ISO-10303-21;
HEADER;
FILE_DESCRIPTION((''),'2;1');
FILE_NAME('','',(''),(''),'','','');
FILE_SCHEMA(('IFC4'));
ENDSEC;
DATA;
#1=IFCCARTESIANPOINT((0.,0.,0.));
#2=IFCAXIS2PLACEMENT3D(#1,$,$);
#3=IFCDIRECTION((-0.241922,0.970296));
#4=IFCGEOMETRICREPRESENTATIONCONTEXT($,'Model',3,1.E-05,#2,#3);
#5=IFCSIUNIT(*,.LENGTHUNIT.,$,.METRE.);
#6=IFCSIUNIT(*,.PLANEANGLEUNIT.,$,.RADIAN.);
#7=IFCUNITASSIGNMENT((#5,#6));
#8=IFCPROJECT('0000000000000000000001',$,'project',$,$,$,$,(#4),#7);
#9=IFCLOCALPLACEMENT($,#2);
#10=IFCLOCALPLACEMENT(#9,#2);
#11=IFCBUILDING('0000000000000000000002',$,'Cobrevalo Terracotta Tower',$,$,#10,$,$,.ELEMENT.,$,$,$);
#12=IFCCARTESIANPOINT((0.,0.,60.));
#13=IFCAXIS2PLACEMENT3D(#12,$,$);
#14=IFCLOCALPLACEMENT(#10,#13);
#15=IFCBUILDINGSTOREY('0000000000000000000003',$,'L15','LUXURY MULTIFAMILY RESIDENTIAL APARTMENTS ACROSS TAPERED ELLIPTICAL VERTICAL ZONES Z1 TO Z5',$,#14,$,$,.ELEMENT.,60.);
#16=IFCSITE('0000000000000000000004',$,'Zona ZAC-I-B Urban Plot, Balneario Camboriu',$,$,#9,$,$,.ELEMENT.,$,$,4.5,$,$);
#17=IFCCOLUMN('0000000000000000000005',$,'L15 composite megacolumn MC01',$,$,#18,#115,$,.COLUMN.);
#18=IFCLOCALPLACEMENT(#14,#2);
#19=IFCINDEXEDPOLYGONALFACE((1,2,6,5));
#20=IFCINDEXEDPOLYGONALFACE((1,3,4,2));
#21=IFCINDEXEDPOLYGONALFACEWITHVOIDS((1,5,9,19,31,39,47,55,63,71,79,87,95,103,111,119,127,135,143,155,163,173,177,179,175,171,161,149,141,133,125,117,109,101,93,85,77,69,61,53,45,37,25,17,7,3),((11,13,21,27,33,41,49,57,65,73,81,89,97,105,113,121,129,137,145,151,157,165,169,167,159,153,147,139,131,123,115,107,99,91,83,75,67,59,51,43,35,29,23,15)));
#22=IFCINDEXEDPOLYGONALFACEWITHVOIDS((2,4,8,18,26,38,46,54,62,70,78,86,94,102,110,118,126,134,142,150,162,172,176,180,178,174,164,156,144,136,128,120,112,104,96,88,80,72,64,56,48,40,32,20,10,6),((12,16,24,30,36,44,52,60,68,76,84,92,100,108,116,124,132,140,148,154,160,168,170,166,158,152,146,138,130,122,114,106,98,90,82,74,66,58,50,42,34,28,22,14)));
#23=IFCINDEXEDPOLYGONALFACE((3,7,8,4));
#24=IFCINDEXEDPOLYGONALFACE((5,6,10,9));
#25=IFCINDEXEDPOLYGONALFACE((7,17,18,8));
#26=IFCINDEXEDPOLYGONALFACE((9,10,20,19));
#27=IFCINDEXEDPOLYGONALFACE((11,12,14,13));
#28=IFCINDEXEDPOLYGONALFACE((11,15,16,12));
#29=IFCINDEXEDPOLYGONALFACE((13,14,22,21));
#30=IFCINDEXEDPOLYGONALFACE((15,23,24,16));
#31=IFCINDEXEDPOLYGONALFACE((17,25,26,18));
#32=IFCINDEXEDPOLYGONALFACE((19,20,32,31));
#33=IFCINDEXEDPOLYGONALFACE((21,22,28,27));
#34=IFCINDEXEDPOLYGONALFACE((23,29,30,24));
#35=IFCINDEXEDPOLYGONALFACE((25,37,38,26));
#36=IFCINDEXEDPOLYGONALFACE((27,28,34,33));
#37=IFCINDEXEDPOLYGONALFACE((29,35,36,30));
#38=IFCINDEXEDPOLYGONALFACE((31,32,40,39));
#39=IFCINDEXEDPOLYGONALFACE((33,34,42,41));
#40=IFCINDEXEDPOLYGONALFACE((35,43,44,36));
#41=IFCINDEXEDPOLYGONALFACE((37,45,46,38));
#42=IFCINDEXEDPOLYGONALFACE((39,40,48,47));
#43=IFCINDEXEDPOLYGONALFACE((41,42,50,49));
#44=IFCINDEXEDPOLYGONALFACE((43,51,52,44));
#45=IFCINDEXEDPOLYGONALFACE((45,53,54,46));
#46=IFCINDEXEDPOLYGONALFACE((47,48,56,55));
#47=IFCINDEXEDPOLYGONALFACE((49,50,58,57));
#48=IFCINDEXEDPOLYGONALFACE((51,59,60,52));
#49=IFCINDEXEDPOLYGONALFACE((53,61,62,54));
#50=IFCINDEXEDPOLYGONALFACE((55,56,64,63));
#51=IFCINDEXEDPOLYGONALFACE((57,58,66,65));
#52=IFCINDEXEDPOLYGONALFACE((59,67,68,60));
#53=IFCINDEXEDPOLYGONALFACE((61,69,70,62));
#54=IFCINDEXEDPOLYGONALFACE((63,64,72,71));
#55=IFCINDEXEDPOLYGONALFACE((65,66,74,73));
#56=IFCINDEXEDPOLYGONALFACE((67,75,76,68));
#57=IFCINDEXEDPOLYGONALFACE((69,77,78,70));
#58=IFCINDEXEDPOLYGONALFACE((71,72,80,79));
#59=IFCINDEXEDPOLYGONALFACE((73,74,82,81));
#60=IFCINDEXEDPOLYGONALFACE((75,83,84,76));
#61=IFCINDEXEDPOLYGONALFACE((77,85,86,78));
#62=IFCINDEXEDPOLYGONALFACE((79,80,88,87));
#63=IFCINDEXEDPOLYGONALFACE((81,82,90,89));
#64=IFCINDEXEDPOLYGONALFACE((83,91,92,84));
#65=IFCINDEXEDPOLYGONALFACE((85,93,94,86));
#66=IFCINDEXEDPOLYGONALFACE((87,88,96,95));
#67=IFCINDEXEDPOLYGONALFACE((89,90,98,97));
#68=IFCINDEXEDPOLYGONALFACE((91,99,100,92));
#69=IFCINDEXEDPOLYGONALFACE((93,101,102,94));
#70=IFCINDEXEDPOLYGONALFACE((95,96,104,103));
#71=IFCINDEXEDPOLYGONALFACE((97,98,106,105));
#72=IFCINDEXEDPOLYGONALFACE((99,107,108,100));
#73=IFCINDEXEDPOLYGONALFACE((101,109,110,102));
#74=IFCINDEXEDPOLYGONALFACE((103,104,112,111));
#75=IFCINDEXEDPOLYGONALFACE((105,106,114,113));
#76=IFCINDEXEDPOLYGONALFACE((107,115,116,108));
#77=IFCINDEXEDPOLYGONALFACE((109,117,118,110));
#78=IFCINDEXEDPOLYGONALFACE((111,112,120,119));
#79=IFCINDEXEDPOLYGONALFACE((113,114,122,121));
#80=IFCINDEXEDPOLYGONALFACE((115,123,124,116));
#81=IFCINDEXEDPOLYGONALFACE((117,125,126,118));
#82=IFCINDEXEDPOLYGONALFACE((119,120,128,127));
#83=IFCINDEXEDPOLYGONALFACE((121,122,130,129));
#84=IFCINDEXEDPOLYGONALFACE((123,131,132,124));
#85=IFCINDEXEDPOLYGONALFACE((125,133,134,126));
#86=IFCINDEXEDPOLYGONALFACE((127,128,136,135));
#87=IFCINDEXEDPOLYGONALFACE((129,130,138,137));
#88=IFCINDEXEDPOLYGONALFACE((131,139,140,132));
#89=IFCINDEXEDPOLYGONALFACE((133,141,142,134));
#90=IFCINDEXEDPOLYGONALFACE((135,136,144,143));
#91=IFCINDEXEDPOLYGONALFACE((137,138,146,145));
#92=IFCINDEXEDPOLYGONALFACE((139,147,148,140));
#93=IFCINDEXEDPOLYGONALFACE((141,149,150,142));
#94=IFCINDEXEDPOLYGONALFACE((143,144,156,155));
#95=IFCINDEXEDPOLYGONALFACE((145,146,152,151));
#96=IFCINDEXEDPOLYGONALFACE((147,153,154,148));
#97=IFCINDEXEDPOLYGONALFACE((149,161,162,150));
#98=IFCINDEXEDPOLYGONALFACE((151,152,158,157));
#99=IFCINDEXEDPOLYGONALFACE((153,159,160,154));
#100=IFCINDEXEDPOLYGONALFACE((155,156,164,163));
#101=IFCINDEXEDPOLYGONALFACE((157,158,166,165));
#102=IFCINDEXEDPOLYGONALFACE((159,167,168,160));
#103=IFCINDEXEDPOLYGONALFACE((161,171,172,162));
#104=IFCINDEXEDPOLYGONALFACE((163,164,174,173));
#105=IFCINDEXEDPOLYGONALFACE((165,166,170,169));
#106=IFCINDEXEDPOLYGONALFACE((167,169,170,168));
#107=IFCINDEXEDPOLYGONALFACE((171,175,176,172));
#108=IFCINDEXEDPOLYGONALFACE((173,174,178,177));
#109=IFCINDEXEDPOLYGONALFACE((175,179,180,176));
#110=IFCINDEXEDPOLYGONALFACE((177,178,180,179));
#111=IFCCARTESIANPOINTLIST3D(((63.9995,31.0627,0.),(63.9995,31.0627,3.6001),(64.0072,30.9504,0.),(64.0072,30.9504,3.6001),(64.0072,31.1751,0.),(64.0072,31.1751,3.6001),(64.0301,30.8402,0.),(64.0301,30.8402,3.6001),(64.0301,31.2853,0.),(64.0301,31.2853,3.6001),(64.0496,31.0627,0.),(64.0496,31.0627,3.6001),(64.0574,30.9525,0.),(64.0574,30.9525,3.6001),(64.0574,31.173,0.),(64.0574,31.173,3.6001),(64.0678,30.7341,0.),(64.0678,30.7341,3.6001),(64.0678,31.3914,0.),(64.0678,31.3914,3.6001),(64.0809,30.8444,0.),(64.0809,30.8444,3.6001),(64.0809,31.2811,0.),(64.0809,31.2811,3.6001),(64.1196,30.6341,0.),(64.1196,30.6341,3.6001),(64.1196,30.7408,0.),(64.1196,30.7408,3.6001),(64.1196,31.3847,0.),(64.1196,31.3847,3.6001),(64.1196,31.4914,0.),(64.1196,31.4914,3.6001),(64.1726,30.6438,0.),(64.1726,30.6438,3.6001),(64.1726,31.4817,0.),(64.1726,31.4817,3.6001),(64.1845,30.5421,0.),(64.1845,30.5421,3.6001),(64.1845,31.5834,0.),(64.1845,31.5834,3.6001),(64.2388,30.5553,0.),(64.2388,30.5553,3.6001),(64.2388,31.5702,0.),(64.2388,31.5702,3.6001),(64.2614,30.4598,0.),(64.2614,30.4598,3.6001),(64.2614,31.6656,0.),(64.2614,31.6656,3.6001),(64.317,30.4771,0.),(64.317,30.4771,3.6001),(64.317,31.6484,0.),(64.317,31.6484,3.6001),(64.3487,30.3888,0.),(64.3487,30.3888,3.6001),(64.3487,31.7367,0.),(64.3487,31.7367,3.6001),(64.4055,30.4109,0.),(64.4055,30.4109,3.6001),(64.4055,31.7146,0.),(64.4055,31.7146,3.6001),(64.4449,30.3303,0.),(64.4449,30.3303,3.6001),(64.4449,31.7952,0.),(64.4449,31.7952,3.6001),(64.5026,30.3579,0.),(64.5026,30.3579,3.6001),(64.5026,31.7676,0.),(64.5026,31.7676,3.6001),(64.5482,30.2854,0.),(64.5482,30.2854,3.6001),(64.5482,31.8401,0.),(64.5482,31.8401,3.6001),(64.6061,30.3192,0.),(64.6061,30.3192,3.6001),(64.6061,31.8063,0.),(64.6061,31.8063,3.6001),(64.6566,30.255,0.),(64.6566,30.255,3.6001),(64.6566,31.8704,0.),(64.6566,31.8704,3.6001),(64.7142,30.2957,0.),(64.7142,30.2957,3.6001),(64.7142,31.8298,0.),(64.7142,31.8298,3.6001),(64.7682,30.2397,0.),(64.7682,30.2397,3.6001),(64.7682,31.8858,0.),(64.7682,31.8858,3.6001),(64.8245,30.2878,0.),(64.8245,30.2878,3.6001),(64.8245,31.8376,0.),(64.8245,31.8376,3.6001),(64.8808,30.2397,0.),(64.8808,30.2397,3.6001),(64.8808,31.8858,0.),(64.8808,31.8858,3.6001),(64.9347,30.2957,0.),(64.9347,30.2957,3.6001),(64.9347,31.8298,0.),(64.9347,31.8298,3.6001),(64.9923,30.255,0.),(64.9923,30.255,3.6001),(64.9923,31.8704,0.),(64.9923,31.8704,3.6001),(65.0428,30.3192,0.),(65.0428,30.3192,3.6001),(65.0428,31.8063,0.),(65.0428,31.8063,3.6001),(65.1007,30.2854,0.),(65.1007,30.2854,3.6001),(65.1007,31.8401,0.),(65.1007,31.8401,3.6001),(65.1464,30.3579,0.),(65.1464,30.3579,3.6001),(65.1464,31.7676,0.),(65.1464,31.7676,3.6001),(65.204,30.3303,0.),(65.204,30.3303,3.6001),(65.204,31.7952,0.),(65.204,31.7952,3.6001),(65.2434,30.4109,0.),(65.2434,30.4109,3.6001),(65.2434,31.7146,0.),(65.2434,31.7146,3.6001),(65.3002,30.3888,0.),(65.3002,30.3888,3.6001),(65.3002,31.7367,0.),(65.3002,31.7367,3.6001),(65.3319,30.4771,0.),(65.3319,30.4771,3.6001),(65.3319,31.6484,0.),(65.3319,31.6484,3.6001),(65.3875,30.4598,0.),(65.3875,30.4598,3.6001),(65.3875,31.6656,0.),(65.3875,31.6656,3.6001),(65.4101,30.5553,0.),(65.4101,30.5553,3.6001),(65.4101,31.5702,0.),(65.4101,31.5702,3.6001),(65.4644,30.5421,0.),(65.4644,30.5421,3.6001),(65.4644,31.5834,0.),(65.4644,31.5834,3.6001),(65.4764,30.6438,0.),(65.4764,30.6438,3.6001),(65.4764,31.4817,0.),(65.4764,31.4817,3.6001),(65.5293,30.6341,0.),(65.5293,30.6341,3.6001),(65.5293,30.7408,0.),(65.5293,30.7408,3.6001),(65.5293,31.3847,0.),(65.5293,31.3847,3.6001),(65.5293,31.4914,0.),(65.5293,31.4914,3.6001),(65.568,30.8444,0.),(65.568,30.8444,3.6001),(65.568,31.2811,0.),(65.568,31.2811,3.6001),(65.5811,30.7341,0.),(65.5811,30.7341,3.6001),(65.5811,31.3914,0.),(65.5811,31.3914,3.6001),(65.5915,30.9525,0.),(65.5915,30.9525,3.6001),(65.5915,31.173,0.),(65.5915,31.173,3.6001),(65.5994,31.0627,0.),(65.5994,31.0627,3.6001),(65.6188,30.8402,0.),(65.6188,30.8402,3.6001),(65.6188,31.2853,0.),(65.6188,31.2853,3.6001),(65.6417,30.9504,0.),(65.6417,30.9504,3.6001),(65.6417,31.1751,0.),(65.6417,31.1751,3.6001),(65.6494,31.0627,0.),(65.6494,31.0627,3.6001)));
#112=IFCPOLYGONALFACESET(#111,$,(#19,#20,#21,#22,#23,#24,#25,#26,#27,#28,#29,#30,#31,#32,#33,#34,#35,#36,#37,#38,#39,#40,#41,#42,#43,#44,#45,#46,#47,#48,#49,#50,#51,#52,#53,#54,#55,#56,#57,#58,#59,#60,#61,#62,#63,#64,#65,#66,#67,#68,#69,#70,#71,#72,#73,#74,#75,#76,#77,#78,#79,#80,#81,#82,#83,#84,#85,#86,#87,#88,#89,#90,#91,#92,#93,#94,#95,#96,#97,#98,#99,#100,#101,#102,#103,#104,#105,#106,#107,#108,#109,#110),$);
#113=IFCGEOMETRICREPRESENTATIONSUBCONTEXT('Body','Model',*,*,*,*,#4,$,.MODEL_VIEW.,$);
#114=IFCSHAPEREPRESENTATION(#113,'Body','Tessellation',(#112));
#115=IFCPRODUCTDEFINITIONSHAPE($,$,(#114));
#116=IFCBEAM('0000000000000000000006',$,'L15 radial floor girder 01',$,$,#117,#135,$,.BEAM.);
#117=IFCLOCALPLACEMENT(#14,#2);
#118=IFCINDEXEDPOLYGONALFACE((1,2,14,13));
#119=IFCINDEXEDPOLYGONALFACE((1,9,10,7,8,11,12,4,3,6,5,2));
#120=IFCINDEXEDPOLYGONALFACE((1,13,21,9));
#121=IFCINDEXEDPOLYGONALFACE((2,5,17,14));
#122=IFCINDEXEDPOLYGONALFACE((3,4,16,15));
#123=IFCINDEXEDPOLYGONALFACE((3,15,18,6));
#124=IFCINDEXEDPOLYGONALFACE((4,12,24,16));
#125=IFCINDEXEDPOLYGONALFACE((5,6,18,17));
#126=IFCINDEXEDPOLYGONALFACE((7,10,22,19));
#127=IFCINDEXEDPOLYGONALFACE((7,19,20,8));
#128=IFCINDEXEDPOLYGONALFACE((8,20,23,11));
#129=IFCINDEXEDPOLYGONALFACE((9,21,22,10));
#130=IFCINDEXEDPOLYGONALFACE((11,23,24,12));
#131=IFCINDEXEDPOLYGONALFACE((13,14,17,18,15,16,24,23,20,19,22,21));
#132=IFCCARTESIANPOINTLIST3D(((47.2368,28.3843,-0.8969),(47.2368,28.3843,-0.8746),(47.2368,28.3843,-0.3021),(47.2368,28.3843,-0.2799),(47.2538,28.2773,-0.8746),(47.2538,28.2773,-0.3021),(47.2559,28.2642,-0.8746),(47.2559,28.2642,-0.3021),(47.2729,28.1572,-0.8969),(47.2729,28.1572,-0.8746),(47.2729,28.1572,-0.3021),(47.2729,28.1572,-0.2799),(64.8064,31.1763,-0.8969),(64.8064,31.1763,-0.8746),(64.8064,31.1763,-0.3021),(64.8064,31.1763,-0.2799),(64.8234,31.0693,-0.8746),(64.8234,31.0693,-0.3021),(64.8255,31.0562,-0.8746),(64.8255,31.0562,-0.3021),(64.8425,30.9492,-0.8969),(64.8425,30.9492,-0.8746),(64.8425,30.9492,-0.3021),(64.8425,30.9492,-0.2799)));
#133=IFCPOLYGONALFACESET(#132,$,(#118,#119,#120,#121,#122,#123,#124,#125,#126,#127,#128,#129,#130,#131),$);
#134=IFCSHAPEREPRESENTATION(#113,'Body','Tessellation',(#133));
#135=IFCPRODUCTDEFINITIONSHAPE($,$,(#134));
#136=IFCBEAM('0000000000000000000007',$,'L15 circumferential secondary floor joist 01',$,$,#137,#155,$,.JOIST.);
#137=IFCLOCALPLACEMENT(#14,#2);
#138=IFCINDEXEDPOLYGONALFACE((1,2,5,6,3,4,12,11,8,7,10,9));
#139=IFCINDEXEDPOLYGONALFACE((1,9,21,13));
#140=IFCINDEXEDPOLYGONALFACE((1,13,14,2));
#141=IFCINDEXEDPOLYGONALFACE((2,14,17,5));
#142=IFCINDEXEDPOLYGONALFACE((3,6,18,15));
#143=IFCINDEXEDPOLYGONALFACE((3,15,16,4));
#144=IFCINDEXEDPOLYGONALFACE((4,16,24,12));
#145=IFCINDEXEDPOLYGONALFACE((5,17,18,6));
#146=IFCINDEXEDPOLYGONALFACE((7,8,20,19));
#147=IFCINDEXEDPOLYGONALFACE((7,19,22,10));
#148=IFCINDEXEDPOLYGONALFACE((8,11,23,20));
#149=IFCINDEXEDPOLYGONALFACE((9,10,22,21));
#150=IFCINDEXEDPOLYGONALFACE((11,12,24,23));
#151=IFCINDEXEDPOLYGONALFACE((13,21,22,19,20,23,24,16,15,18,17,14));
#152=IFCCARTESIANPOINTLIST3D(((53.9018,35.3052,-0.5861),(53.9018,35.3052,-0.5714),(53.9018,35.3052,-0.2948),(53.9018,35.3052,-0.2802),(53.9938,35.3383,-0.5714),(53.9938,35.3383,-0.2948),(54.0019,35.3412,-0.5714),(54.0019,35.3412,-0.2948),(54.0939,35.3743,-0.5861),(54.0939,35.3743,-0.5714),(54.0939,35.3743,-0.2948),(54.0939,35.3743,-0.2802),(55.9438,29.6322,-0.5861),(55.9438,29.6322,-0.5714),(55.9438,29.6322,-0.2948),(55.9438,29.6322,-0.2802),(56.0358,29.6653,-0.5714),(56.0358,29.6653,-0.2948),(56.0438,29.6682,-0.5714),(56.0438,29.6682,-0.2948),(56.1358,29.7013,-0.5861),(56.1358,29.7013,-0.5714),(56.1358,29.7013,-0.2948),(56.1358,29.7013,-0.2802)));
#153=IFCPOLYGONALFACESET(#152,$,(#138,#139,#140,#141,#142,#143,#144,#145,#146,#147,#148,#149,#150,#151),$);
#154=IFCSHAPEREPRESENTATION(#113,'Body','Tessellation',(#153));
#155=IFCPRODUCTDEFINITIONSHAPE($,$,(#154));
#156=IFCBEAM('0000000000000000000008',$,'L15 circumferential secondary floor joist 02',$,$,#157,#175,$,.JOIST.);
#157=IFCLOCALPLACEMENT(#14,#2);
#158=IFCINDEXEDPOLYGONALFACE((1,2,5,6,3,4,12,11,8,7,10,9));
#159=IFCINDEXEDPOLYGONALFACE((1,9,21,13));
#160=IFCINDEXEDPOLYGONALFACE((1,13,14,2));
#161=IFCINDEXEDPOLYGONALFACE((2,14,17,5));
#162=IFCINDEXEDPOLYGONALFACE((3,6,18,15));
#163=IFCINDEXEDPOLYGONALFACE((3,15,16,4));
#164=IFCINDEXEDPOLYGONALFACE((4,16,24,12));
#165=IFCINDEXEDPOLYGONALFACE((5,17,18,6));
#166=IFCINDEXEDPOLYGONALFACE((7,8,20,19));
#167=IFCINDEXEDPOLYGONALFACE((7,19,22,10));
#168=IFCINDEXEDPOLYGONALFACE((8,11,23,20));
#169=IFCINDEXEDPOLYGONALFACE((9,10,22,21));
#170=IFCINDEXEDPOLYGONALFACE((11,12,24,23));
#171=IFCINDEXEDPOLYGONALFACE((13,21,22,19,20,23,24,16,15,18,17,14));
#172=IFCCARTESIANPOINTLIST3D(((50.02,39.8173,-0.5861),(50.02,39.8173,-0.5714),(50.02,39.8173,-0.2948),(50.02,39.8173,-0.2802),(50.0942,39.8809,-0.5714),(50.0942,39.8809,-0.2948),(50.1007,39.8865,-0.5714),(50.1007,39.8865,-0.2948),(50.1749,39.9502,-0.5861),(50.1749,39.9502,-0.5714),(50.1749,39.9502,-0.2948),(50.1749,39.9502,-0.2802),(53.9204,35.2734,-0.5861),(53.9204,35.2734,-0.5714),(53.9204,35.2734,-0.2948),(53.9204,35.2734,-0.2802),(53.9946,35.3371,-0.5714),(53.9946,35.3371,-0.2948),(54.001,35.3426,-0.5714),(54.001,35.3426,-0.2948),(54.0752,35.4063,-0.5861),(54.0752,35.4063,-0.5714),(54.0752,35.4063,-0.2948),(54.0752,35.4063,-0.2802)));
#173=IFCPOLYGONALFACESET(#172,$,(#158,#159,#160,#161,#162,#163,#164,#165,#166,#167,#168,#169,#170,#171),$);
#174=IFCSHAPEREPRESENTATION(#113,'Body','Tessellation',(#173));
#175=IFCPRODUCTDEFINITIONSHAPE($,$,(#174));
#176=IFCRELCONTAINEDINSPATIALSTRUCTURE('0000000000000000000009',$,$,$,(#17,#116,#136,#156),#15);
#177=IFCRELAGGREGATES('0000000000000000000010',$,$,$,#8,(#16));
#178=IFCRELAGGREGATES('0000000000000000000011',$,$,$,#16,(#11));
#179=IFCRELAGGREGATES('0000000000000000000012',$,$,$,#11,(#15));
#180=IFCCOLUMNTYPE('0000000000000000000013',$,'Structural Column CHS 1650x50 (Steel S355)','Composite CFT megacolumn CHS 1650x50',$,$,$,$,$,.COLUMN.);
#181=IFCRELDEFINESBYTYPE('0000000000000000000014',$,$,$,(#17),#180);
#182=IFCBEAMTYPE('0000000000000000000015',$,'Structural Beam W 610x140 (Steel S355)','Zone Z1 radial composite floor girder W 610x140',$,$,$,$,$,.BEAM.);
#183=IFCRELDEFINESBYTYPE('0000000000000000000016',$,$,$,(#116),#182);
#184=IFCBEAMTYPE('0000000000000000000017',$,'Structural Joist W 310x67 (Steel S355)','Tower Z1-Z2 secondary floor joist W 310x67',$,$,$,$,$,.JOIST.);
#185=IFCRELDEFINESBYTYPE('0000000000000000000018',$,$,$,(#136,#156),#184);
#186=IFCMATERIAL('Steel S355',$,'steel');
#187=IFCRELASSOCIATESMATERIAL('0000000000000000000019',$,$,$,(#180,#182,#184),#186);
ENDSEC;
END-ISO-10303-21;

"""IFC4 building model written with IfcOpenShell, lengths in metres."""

from ifc_helpers import new_model, si_unit, direction, frame, origin, origin_2d, place, context, subcontext, project, spatial, hollow_circle, i_section, extrude, material, material_profile, profile_set, type_object, element, save


model = new_model("IFC4")

# Units and contexts
model_context = context("Model", 3, precision=1e-05, world=origin(), true_north=direction((-0.241922, 0.970296)))
body_context = subcontext(model_context, "Body", "Model", "MODEL_VIEW")
ifc_project = project(units=[si_unit("LENGTHUNIT", "METRE"), si_unit("PLANEANGLEUNIT", "RADIAN")], contexts=[model_context])

# Site, building, storey
site_placement = place(None, origin())
site = spatial("IfcSite", under=ifc_project, at=site_placement, Name="Zona ZAC-I-B Urban Plot, Balneario Camboriu", CompositionType="ELEMENT", RefElevation=4.5)
building_placement = place(site_placement, origin())
building = spatial("IfcBuilding", under=site, at=building_placement, Name="Cobrevalo Terracotta Tower", CompositionType="ELEMENT")
storey_placement = place(building_placement, frame((0.0, 0.0, 60.0)))
storey = spatial("IfcBuildingStorey", under=building, at=storey_placement, Name="L15", Description="LUXURY MULTIFAMILY RESIDENTIAL APARTMENTS ACROSS TAPERED ELLIPTICAL VERTICAL ZONES Z1 TO Z5", CompositionType="ELEMENT", Elevation=60.0)

# Column
ifc_material_1 = material(Name="Steel S355", Category="steel")
ifc_material_profile_1 = material_profile(ifc_material_1, hollow_circle(Radius=0.825, WallThickness=0.05, at=origin_2d()), Name="CHS 1650x50")
ifc_profile_set_1 = profile_set([ifc_material_profile_1], Name="Steel S355")
column_type = type_object("IfcColumnType", Name="Structural Column CHS 1650x50 (Steel S355)", Description="Composite CFT megacolumn CHS 1650x50", PredefinedType="COLUMN", material=ifc_profile_set_1)
column_placement = place(storey_placement, frame((64.8245, 31.0627, 0.0), z_axis=(0.0, 0.0, 1.0), x_axis=(1.0, 0.0, 0.0)))
element("IfcColumn", 1, at=column_placement, inside=storey, type_object=column_type, Name="L15 composite megacolumn MC01", PredefinedType="COLUMN", context=body_context, shape_type="SweptSolid", body=[
    extrude(hollow_circle(Radius=0.825, WallThickness=0.05, at=origin_2d()), origin(), (0.0, 0.0, 1.0), 3.6001),
])

# Beams
ifc_material_profile_2 = material_profile(ifc_material_1, i_section(OverallWidth=0.23, OverallDepth=0.6169, WebThickness=0.0132, FlangeThickness=0.0222, at=origin_2d()), Name="W 610x140")
ifc_profile_set_2 = profile_set([ifc_material_profile_2], Name="Steel S355")
beam_type_1 = type_object("IfcBeamType", Name="Structural Beam W 610x140 (Steel S355)", Description="Zone Z1 radial composite floor girder W 610x140", PredefinedType="BEAM", material=ifc_profile_set_2)
beam_1_placement = place(storey_placement, frame((64.8245, 31.0627, -0.5884), z_axis=(-0.987608, -0.156941, 0.0), x_axis=(0.156941, -0.987608, 0.0)))
element("IfcBeam", 2, at=beam_1_placement, inside=storey, type_object=beam_type_1, Name="L15 radial floor girder 01", PredefinedType="BEAM", context=body_context, shape_type="SweptSolid", body=[
    extrude(i_section(OverallWidth=0.23, OverallDepth=0.6169, WebThickness=0.0132, FlangeThickness=0.0222, at=origin_2d()), origin(), (0.0, 0.0, 1.0), 17.79),
])
ifc_material_profile_3 = material_profile(ifc_material_1, i_section(OverallWidth=0.2041, OverallDepth=0.3059, WebThickness=0.0085, FlangeThickness=0.0146, at=origin_2d()), Name="W 310x67")
ifc_profile_set_3 = profile_set([ifc_material_profile_3], Name="Steel S355")
beam_type_2 = type_object("IfcBeamType", Name="Structural Joist W 310x67 (Steel S355)", Description="Tower Z1-Z2 secondary floor joist W 310x67", PredefinedType="JOIST", material=ifc_profile_set_3)
beam_2_placement = place(storey_placement, frame((56.0398, 29.6667, -0.4331), z_axis=(-0.338672, 0.940904, 0.0), x_axis=(-0.940904, -0.338672, 0.0)))
element("IfcBeam", 3, at=beam_2_placement, inside=storey, type_object=beam_type_2, Name="L15 circumferential secondary floor joist 01", PredefinedType="JOIST", context=body_context, shape_type="SweptSolid", body=[
    extrude(i_section(OverallWidth=0.2041, OverallDepth=0.3059, WebThickness=0.0085, FlangeThickness=0.0146, at=origin_2d()), origin(), (0.0, 0.0, 1.0), 6.0293),
])
beam_3_placement = place(storey_placement, frame((53.9978, 35.3398, -0.4331), z_axis=(-0.651328, 0.758796, 0.0), x_axis=(-0.758796, -0.651328, 0.0)))
element("IfcBeam", 4, at=beam_3_placement, inside=storey, type_object=beam_type_2, Name="L15 circumferential secondary floor joist 02", PredefinedType="JOIST", context=body_context, shape_type="SweptSolid", body=[
    extrude(i_section(OverallWidth=0.2041, OverallDepth=0.3059, WebThickness=0.0085, FlangeThickness=0.0146, at=origin_2d()), origin(), (0.0, 0.0, 1.0), 5.9883),
])

save(model, "model.ifc")
